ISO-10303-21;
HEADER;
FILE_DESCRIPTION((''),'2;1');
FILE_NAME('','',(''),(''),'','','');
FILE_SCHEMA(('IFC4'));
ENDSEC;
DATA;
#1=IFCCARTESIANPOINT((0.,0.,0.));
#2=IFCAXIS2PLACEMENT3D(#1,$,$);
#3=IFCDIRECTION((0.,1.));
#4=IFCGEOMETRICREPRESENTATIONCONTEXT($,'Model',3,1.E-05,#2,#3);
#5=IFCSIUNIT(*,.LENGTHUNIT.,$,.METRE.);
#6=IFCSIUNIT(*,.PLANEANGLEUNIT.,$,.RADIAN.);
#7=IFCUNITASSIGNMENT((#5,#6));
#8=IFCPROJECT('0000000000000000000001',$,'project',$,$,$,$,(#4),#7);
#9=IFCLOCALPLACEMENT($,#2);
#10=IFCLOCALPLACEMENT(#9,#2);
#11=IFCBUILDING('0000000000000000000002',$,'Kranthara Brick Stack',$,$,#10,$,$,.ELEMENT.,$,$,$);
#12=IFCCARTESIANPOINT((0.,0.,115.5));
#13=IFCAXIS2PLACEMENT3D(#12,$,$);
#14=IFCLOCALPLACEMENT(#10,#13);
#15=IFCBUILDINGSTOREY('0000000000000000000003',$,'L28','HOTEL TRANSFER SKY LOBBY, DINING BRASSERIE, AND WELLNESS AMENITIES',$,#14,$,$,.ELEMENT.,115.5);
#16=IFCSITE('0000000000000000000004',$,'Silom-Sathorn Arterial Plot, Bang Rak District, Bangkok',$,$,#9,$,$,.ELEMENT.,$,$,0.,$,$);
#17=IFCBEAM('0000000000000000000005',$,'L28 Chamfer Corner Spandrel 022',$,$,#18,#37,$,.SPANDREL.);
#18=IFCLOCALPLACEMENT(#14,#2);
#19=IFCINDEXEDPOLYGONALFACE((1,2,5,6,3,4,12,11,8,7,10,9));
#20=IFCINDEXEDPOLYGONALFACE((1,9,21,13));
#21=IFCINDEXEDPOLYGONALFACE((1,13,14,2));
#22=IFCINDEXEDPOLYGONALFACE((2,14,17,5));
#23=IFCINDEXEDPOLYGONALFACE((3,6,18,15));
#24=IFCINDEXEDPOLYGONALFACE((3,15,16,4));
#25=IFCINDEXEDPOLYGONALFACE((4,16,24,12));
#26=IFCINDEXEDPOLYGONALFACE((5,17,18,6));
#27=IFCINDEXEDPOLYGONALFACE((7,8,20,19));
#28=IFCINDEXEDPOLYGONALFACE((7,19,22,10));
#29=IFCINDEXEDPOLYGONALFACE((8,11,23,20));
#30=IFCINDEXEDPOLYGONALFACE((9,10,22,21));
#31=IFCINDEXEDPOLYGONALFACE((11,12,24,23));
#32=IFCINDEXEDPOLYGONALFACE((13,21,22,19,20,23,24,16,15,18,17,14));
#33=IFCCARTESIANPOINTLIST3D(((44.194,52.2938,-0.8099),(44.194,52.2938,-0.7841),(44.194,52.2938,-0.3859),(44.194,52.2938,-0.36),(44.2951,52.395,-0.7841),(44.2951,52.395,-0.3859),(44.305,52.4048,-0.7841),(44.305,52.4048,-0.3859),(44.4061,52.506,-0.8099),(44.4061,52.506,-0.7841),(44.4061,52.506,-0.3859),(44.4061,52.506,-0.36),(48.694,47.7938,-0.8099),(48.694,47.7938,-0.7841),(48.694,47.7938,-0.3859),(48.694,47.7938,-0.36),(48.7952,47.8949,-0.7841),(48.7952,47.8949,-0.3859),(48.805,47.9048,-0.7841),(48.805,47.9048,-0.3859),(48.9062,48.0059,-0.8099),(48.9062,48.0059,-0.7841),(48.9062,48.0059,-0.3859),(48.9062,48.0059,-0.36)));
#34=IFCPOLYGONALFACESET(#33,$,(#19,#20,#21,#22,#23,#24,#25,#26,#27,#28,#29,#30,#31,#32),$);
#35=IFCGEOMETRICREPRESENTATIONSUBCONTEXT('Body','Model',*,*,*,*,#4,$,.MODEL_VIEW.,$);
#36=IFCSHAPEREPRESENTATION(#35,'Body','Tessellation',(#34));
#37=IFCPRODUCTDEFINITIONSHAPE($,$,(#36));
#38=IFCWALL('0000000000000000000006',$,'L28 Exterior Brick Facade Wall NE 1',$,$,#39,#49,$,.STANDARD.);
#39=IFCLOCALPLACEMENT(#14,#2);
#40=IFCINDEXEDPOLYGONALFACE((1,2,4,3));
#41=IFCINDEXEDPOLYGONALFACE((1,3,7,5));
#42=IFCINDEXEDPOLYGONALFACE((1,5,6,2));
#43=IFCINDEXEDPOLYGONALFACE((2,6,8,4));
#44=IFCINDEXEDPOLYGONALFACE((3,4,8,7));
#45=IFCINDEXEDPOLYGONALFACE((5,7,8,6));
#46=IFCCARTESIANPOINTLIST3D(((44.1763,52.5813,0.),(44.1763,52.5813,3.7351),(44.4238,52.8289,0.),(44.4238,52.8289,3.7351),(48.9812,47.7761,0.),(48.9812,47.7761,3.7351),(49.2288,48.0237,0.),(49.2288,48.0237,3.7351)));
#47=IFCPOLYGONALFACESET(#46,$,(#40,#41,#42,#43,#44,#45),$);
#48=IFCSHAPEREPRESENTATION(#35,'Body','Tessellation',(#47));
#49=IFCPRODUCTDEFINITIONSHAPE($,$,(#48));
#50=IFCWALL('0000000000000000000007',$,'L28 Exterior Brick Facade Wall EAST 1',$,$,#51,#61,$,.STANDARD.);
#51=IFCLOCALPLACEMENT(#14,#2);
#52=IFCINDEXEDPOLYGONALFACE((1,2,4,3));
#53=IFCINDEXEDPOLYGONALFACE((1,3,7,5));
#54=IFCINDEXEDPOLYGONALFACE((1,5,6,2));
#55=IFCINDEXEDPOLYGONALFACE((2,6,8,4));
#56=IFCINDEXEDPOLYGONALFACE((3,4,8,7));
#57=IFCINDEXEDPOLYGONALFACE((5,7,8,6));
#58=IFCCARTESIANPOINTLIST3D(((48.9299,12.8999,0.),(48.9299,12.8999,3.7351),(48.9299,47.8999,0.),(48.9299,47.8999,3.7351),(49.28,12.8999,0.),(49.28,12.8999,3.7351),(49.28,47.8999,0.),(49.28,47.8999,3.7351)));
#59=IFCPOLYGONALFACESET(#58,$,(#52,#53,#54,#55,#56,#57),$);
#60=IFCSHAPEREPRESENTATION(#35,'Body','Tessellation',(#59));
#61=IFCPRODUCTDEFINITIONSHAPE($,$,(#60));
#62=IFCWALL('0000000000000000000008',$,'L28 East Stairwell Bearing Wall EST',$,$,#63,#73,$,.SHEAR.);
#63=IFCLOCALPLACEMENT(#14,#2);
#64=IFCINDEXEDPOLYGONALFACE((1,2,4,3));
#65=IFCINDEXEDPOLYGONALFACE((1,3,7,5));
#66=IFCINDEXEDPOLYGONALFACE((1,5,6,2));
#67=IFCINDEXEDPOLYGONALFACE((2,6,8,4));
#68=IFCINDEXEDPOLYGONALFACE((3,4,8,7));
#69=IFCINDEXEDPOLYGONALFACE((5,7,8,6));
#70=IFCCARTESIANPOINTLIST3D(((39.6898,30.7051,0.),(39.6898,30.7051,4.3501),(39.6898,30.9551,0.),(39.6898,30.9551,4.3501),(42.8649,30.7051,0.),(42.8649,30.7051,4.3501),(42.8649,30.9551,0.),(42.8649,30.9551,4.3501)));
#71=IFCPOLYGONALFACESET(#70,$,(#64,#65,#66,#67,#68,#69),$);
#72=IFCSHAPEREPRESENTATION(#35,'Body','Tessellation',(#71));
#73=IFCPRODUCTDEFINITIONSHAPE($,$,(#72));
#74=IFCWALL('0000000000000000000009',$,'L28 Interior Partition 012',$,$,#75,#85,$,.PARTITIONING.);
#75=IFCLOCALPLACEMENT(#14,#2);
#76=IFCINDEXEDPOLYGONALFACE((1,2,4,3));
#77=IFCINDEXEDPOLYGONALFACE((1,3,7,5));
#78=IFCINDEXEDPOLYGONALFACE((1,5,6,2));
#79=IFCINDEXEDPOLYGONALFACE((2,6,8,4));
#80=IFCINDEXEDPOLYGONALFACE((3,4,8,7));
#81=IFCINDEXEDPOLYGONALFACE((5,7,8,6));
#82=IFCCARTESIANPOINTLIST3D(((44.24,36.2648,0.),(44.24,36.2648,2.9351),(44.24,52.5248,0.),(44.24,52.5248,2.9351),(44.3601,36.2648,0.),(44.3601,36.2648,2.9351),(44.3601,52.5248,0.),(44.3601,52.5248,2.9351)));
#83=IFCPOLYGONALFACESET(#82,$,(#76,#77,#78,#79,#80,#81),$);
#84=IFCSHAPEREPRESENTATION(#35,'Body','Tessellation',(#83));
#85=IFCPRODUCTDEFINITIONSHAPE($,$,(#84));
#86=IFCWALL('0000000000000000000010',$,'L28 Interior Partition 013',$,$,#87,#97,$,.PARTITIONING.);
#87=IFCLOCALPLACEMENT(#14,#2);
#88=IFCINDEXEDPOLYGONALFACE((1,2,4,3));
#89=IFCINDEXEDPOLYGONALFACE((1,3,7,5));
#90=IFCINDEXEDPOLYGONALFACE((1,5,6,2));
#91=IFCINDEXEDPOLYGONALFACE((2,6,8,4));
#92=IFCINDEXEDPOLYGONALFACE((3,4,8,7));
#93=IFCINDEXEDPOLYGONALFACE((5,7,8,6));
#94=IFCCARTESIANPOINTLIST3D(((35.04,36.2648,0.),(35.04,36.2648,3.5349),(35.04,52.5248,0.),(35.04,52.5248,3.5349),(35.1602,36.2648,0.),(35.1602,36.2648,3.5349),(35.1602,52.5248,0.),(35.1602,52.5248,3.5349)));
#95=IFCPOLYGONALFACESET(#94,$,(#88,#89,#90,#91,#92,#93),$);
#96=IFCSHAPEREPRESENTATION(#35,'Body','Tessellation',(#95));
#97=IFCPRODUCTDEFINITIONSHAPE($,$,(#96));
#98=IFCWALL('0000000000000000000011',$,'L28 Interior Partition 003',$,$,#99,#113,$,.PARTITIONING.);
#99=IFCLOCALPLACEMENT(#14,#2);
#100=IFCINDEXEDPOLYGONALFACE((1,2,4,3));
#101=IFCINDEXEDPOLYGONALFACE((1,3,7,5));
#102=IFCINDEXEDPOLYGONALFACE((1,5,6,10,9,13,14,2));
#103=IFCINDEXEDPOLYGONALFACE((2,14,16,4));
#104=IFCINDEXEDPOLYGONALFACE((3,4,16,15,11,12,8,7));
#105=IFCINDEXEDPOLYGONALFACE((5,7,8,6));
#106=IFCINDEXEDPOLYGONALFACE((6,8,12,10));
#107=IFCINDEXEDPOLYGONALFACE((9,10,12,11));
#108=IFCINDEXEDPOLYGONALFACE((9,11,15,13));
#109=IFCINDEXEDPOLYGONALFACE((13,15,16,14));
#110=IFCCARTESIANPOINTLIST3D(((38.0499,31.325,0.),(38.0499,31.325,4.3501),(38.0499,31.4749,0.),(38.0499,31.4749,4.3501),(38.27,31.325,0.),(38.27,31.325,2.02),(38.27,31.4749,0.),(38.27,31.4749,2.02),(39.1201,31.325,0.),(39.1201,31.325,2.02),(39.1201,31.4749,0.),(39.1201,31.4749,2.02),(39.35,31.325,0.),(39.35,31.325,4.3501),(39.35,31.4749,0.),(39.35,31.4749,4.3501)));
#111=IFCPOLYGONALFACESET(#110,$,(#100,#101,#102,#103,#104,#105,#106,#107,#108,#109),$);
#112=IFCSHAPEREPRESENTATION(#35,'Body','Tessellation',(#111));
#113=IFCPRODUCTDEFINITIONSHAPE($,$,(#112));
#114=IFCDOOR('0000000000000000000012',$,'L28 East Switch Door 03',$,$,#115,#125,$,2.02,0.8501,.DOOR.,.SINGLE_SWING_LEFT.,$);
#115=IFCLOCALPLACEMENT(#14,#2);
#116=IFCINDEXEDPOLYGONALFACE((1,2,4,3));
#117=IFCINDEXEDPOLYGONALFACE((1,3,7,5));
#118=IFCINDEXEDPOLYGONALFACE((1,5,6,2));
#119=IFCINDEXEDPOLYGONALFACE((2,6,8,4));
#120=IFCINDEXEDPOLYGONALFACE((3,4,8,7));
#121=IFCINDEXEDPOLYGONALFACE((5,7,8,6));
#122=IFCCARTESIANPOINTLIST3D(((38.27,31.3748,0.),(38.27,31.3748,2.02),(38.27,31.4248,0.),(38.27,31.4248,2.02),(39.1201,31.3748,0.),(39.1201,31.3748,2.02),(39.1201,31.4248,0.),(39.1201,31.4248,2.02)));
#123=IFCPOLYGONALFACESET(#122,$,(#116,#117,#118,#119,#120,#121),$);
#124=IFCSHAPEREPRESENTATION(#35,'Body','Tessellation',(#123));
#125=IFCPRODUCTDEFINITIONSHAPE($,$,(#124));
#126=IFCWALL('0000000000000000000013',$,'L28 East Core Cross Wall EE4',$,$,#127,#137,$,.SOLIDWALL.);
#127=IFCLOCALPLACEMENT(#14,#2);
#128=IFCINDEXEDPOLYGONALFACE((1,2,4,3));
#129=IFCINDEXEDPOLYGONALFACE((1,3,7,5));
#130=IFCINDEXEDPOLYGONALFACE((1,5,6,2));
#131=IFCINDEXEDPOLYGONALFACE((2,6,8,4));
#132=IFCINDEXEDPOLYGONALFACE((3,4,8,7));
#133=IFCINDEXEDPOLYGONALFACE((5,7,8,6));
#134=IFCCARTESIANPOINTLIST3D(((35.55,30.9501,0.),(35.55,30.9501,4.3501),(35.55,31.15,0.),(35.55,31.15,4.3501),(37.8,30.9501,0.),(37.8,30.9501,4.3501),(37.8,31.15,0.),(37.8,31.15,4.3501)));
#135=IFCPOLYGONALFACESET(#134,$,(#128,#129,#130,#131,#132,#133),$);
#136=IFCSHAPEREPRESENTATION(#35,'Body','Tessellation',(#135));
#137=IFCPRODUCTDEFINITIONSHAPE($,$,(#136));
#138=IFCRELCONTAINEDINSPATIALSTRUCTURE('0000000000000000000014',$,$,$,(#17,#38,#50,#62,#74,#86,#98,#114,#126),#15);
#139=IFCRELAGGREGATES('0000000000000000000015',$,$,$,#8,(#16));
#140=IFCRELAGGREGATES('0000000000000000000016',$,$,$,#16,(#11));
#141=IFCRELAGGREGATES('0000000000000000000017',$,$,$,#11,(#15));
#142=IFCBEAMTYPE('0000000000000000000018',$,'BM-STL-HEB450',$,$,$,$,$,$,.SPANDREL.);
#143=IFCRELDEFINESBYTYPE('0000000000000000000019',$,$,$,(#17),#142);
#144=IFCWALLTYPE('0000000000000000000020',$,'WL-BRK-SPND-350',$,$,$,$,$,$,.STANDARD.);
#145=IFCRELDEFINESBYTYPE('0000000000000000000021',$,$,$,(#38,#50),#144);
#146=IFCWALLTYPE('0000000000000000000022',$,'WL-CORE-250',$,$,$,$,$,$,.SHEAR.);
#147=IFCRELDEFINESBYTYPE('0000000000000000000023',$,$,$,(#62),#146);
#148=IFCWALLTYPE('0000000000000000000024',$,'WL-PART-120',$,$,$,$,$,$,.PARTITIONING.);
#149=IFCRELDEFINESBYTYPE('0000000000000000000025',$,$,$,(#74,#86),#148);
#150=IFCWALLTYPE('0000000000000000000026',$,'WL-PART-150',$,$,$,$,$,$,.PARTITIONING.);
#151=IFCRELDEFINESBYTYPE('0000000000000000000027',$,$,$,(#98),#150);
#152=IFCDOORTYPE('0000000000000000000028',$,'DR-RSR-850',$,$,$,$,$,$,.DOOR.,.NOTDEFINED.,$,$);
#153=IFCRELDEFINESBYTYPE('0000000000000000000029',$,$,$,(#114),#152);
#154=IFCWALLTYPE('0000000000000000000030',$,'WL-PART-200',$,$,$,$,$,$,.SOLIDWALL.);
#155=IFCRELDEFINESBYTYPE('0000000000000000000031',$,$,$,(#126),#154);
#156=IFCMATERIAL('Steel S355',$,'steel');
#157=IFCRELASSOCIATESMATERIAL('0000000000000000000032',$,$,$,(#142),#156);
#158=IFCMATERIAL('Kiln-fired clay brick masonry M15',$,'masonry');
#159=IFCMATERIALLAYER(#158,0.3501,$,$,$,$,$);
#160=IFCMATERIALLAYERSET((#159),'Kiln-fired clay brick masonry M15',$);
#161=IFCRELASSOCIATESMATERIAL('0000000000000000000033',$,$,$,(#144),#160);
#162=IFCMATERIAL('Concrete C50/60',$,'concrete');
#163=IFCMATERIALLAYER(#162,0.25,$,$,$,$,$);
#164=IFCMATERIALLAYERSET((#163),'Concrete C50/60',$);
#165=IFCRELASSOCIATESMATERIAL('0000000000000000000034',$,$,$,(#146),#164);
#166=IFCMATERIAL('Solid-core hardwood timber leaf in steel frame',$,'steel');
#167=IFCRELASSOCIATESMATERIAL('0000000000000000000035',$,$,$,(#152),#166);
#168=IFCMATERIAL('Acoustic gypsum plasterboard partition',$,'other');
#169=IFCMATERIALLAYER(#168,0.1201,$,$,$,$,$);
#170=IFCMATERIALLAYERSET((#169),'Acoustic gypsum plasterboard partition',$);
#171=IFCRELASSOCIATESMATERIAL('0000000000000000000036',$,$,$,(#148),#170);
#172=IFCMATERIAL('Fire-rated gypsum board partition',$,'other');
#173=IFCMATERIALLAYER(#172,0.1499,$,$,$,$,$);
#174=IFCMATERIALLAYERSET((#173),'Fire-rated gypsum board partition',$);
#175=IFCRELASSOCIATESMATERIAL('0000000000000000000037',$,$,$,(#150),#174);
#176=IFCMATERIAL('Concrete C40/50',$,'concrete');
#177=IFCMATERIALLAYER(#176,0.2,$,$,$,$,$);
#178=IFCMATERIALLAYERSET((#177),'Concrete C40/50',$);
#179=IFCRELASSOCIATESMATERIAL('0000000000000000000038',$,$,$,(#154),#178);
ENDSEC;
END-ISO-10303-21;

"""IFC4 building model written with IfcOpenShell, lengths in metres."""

from ifc_helpers import new_model, si_unit, direction, frame, frame_2d, origin, origin_2d, place, context, subcontext, project, spatial, rectangle, i_section, extrude, material, layer, layer_set, material_profile, profile_set, type_object, element, fill, save


model = new_model("IFC4")

# Units and contexts
model_context = context("Model", 3, precision=1e-05, world=origin(), true_north=direction((0.0, 1.0)))
body_context = subcontext(model_context, "Body", "Model", "MODEL_VIEW")
ifc_project = project(units=[si_unit("LENGTHUNIT", "METRE"), si_unit("PLANEANGLEUNIT", "RADIAN")], contexts=[model_context])

# Site, building, storey
site_placement = place(None, origin())
site = spatial("IfcSite", under=ifc_project, at=site_placement, Name="Silom-Sathorn Arterial Plot, Bang Rak District, Bangkok", CompositionType="ELEMENT", RefElevation=0.0)
building_placement = place(site_placement, origin())
building = spatial("IfcBuilding", under=site, at=building_placement, Name="Kranthara Brick Stack", CompositionType="ELEMENT")
storey_placement = place(building_placement, frame((0.0, 0.0, 115.5)))
storey = spatial("IfcBuildingStorey", under=building, at=storey_placement, Name="L28", Description="HOTEL TRANSFER SKY LOBBY, DINING BRASSERIE, AND WELLNESS AMENITIES", CompositionType="ELEMENT", Elevation=115.5)

# Beam
ifc_material_1 = material(Name="Steel S355", Category="steel")
ifc_material_profile_1 = material_profile(ifc_material_1, i_section(OverallWidth=0.3, OverallDepth=0.45, WebThickness=0.0139, FlangeThickness=0.0259, at=origin_2d()), Name="HEB 450")
ifc_profile_set_1 = profile_set([ifc_material_profile_1], Name="Steel S355")
beam_type_1 = type_object("IfcBeamType", Name="BM-STL-HEB450", PredefinedType="SPANDREL", material=ifc_profile_set_1)
beam_1_placement = place(storey_placement, frame((44.3, 52.3999, -0.585), z_axis=(0.707107, -0.707107, 0.0), x_axis=(0.707107, 0.707107, 0.0)))
element("IfcBeam", 1, at=beam_1_placement, inside=storey, type_object=beam_type_1, Name="L28 Chamfer Corner Spandrel 022", PredefinedType="SPANDREL", context=body_context, shape_type="SweptSolid", body=[
    extrude(i_section(OverallWidth=0.3, OverallDepth=0.45, WebThickness=0.0139, FlangeThickness=0.0259, at=origin_2d()), origin(), (0.0, 0.0, 1.0), 6.364),
])

# Walls
ifc_material_2 = material(Name="Kiln-fired clay brick masonry M15", Category="masonry")
ifc_layer_1 = layer(ifc_material_2, 0.3501)
ifc_layer_set_1 = layer_set([ifc_layer_1], Name="Kiln-fired clay brick masonry M15")
wall_type_1 = type_object("IfcWallType", Name="WL-BRK-SPND-350", PredefinedType="STANDARD", material=ifc_layer_set_1)
wall_1_placement = place(storey_placement, frame((44.3, 52.7051, 0.0), z_axis=(0.0, 0.0, 1.0), x_axis=(0.707089, -0.707125, 0.0)))
element("IfcWall", 2, at=wall_1_placement, inside=storey, type_object=wall_type_1, Name="L28 Exterior Brick Facade Wall NE 1", PredefinedType="STANDARD", context=body_context, shape_type="SweptSolid", body=[
    extrude(rectangle(XDim=6.7954, YDim=0.3501, at=frame_2d((3.3977, 0.0))), origin(), (0.0, 0.0, 1.0), 3.7351),
])
wall_2_placement = place(storey_placement, frame((49.105, 47.8999, 0.0), z_axis=(0.0, 0.0, 1.0), x_axis=(0.0, -1.0, 0.0)))
element("IfcWall", 3, at=wall_2_placement, inside=storey, type_object=wall_type_1, Name="L28 Exterior Brick Facade Wall EAST 1", PredefinedType="STANDARD", context=body_context, shape_type="SweptSolid", body=[
    extrude(rectangle(XDim=35.0, YDim=0.3501, at=frame_2d((17.5, 0.0))), origin(), (0.0, 0.0, 1.0), 3.7351),
])
ifc_material_3 = material(Name="Concrete C50/60", Category="concrete")
ifc_layer_2 = layer(ifc_material_3, 0.25)
ifc_layer_set_2 = layer_set([ifc_layer_2], Name="Concrete C50/60")
wall_type_2 = type_object("IfcWallType", Name="WL-CORE-250", PredefinedType="SHEAR", material=ifc_layer_set_2)
wall_3_placement = place(storey_placement, frame((39.6899, 30.8301, 0.0), z_axis=(0.0, 0.0, 1.0), x_axis=(1.0, 0.0, 0.0)))
element("IfcWall", 4, at=wall_3_placement, inside=storey, type_object=wall_type_2, Name="L28 East Stairwell Bearing Wall EST", PredefinedType="SHEAR", context=body_context, shape_type="SweptSolid", body=[
    extrude(rectangle(XDim=3.175, YDim=0.25, at=frame_2d((1.5874, 0.0))), origin(), (0.0, 0.0, 1.0), 4.3501),
])

# Shared definitions
ifc_material_4 = material(Name="Solid-core hardwood timber leaf in steel frame", Category="steel")
door_type_1 = type_object("IfcDoorType", Name="DR-RSR-850", OperationType="NOTDEFINED", PredefinedType="DOOR", material=ifc_material_4)

# Walls
ifc_material_5 = material(Name="Acoustic gypsum plasterboard partition", Category="other")
ifc_layer_3 = layer(ifc_material_5, 0.1201)
ifc_layer_set_3 = layer_set([ifc_layer_3], Name="Acoustic gypsum plasterboard partition")
wall_type_3 = type_object("IfcWallType", Name="WL-PART-120", PredefinedType="PARTITIONING", material=ifc_layer_set_3)
wall_4_placement = place(storey_placement, frame((44.3, 36.2649, 0.0), z_axis=(0.0, 0.0, 1.0), x_axis=(0.0, 1.0, 0.0)))
element("IfcWall", 5, at=wall_4_placement, inside=storey, type_object=wall_type_3, Name="L28 Interior Partition 012", PredefinedType="PARTITIONING", context=body_context, shape_type="SweptSolid", body=[
    extrude(rectangle(XDim=16.26, YDim=0.1201, at=frame_2d((8.1299, 0.0))), origin(), (0.0, 0.0, 1.0), 2.9351),
])
wall_5_placement = place(storey_placement, frame((35.1001, 36.2649, 0.0), z_axis=(0.0, 0.0, 1.0), x_axis=(0.0, 1.0, 0.0)))
element("IfcWall", 6, at=wall_5_placement, inside=storey, type_object=wall_type_3, Name="L28 Interior Partition 013", PredefinedType="PARTITIONING", context=body_context, shape_type="SweptSolid", body=[
    extrude(rectangle(XDim=16.26, YDim=0.1201, at=frame_2d((8.1299, 0.0))), origin(), (0.0, 0.0, 1.0), 3.5349),
])

# Wall, opening, door
ifc_material_6 = material(Name="Fire-rated gypsum board partition", Category="other")
ifc_layer_4 = layer(ifc_material_6, 0.1499)
ifc_layer_set_4 = layer_set([ifc_layer_4], Name="Fire-rated gypsum board partition")
wall_type_4 = type_object("IfcWallType", Name="WL-PART-150", PredefinedType="PARTITIONING", material=ifc_layer_set_4)
wall_6_placement = place(storey_placement, frame((38.05, 31.3999, 0.0), z_axis=(0.0, 0.0, 1.0), x_axis=(1.0, 0.0, 0.0)))
wall_6 = element("IfcWall", 7, at=wall_6_placement, inside=storey, type_object=wall_type_4, Name="L28 Interior Partition 003", PredefinedType="PARTITIONING", context=body_context, shape_type="SweptSolid", body=[
    extrude(rectangle(XDim=1.3, YDim=0.1499, at=frame_2d((0.6499, 0.0))), origin(), (0.0, 0.0, 1.0), 4.3501),
])
opening_1_placement = place(wall_6_placement, frame((0.22, 0.0, 0.0)))
opening_1 = element("IfcOpeningElement", 8, at=opening_1_placement, cuts=wall_6, PredefinedType="OPENING", context=body_context, shape_type="SweptSolid", body=[
    extrude(rectangle(XDim=0.8501, YDim=2.02, at=frame_2d((0.425, 1.01))), frame((0.0, 0.085, 0.0), z_axis=(0.0, -1.0, 0.0), x_axis=(1.0, 0.0, 0.0)), (0.0, 0.0, 1.0), 0.1699),
])
door_1_placement = place(opening_1_placement, origin())
door_1 = element("IfcDoor", 9, at=door_1_placement, inside=storey, type_object=door_type_1, Name="L28 East Switch Door 03", OperationType="SINGLE_SWING_LEFT", OverallHeight=2.02, OverallWidth=0.8501, PredefinedType="DOOR", context=body_context, shape_type="SweptSolid", body=[
    extrude(rectangle(XDim=0.8501, YDim=2.02, at=frame_2d((0.425, 1.01))), frame((0.0, 0.0249, 0.0), z_axis=(0.0, -1.0, 0.0), x_axis=(1.0, 0.0, 0.0)), (0.0, 0.0, 1.0), 0.05),
])
fill(opening_1, door_1)

# Wall
ifc_material_7 = material(Name="Concrete C40/50", Category="concrete")
ifc_layer_5 = layer(ifc_material_7, 0.2)
ifc_layer_set_5 = layer_set([ifc_layer_5], Name="Concrete C40/50")
wall_type_5 = type_object("IfcWallType", Name="WL-PART-200", PredefinedType="SOLIDWALL", material=ifc_layer_set_5)
wall_7_placement = place(storey_placement, frame((35.55, 31.05, 0.0), z_axis=(0.0, 0.0, 1.0), x_axis=(1.0, 0.0, 0.0)))
element("IfcWall", 10, at=wall_7_placement, inside=storey, type_object=wall_type_5, Name="L28 East Core Cross Wall EE4", PredefinedType="SOLIDWALL", context=body_context, shape_type="SweptSolid", body=[
    extrude(rectangle(XDim=2.25, YDim=0.2, at=frame_2d((1.125, 0.0))), origin(), (0.0, 0.0, 1.0), 4.3501),
])

save(model, "model.ifc")
